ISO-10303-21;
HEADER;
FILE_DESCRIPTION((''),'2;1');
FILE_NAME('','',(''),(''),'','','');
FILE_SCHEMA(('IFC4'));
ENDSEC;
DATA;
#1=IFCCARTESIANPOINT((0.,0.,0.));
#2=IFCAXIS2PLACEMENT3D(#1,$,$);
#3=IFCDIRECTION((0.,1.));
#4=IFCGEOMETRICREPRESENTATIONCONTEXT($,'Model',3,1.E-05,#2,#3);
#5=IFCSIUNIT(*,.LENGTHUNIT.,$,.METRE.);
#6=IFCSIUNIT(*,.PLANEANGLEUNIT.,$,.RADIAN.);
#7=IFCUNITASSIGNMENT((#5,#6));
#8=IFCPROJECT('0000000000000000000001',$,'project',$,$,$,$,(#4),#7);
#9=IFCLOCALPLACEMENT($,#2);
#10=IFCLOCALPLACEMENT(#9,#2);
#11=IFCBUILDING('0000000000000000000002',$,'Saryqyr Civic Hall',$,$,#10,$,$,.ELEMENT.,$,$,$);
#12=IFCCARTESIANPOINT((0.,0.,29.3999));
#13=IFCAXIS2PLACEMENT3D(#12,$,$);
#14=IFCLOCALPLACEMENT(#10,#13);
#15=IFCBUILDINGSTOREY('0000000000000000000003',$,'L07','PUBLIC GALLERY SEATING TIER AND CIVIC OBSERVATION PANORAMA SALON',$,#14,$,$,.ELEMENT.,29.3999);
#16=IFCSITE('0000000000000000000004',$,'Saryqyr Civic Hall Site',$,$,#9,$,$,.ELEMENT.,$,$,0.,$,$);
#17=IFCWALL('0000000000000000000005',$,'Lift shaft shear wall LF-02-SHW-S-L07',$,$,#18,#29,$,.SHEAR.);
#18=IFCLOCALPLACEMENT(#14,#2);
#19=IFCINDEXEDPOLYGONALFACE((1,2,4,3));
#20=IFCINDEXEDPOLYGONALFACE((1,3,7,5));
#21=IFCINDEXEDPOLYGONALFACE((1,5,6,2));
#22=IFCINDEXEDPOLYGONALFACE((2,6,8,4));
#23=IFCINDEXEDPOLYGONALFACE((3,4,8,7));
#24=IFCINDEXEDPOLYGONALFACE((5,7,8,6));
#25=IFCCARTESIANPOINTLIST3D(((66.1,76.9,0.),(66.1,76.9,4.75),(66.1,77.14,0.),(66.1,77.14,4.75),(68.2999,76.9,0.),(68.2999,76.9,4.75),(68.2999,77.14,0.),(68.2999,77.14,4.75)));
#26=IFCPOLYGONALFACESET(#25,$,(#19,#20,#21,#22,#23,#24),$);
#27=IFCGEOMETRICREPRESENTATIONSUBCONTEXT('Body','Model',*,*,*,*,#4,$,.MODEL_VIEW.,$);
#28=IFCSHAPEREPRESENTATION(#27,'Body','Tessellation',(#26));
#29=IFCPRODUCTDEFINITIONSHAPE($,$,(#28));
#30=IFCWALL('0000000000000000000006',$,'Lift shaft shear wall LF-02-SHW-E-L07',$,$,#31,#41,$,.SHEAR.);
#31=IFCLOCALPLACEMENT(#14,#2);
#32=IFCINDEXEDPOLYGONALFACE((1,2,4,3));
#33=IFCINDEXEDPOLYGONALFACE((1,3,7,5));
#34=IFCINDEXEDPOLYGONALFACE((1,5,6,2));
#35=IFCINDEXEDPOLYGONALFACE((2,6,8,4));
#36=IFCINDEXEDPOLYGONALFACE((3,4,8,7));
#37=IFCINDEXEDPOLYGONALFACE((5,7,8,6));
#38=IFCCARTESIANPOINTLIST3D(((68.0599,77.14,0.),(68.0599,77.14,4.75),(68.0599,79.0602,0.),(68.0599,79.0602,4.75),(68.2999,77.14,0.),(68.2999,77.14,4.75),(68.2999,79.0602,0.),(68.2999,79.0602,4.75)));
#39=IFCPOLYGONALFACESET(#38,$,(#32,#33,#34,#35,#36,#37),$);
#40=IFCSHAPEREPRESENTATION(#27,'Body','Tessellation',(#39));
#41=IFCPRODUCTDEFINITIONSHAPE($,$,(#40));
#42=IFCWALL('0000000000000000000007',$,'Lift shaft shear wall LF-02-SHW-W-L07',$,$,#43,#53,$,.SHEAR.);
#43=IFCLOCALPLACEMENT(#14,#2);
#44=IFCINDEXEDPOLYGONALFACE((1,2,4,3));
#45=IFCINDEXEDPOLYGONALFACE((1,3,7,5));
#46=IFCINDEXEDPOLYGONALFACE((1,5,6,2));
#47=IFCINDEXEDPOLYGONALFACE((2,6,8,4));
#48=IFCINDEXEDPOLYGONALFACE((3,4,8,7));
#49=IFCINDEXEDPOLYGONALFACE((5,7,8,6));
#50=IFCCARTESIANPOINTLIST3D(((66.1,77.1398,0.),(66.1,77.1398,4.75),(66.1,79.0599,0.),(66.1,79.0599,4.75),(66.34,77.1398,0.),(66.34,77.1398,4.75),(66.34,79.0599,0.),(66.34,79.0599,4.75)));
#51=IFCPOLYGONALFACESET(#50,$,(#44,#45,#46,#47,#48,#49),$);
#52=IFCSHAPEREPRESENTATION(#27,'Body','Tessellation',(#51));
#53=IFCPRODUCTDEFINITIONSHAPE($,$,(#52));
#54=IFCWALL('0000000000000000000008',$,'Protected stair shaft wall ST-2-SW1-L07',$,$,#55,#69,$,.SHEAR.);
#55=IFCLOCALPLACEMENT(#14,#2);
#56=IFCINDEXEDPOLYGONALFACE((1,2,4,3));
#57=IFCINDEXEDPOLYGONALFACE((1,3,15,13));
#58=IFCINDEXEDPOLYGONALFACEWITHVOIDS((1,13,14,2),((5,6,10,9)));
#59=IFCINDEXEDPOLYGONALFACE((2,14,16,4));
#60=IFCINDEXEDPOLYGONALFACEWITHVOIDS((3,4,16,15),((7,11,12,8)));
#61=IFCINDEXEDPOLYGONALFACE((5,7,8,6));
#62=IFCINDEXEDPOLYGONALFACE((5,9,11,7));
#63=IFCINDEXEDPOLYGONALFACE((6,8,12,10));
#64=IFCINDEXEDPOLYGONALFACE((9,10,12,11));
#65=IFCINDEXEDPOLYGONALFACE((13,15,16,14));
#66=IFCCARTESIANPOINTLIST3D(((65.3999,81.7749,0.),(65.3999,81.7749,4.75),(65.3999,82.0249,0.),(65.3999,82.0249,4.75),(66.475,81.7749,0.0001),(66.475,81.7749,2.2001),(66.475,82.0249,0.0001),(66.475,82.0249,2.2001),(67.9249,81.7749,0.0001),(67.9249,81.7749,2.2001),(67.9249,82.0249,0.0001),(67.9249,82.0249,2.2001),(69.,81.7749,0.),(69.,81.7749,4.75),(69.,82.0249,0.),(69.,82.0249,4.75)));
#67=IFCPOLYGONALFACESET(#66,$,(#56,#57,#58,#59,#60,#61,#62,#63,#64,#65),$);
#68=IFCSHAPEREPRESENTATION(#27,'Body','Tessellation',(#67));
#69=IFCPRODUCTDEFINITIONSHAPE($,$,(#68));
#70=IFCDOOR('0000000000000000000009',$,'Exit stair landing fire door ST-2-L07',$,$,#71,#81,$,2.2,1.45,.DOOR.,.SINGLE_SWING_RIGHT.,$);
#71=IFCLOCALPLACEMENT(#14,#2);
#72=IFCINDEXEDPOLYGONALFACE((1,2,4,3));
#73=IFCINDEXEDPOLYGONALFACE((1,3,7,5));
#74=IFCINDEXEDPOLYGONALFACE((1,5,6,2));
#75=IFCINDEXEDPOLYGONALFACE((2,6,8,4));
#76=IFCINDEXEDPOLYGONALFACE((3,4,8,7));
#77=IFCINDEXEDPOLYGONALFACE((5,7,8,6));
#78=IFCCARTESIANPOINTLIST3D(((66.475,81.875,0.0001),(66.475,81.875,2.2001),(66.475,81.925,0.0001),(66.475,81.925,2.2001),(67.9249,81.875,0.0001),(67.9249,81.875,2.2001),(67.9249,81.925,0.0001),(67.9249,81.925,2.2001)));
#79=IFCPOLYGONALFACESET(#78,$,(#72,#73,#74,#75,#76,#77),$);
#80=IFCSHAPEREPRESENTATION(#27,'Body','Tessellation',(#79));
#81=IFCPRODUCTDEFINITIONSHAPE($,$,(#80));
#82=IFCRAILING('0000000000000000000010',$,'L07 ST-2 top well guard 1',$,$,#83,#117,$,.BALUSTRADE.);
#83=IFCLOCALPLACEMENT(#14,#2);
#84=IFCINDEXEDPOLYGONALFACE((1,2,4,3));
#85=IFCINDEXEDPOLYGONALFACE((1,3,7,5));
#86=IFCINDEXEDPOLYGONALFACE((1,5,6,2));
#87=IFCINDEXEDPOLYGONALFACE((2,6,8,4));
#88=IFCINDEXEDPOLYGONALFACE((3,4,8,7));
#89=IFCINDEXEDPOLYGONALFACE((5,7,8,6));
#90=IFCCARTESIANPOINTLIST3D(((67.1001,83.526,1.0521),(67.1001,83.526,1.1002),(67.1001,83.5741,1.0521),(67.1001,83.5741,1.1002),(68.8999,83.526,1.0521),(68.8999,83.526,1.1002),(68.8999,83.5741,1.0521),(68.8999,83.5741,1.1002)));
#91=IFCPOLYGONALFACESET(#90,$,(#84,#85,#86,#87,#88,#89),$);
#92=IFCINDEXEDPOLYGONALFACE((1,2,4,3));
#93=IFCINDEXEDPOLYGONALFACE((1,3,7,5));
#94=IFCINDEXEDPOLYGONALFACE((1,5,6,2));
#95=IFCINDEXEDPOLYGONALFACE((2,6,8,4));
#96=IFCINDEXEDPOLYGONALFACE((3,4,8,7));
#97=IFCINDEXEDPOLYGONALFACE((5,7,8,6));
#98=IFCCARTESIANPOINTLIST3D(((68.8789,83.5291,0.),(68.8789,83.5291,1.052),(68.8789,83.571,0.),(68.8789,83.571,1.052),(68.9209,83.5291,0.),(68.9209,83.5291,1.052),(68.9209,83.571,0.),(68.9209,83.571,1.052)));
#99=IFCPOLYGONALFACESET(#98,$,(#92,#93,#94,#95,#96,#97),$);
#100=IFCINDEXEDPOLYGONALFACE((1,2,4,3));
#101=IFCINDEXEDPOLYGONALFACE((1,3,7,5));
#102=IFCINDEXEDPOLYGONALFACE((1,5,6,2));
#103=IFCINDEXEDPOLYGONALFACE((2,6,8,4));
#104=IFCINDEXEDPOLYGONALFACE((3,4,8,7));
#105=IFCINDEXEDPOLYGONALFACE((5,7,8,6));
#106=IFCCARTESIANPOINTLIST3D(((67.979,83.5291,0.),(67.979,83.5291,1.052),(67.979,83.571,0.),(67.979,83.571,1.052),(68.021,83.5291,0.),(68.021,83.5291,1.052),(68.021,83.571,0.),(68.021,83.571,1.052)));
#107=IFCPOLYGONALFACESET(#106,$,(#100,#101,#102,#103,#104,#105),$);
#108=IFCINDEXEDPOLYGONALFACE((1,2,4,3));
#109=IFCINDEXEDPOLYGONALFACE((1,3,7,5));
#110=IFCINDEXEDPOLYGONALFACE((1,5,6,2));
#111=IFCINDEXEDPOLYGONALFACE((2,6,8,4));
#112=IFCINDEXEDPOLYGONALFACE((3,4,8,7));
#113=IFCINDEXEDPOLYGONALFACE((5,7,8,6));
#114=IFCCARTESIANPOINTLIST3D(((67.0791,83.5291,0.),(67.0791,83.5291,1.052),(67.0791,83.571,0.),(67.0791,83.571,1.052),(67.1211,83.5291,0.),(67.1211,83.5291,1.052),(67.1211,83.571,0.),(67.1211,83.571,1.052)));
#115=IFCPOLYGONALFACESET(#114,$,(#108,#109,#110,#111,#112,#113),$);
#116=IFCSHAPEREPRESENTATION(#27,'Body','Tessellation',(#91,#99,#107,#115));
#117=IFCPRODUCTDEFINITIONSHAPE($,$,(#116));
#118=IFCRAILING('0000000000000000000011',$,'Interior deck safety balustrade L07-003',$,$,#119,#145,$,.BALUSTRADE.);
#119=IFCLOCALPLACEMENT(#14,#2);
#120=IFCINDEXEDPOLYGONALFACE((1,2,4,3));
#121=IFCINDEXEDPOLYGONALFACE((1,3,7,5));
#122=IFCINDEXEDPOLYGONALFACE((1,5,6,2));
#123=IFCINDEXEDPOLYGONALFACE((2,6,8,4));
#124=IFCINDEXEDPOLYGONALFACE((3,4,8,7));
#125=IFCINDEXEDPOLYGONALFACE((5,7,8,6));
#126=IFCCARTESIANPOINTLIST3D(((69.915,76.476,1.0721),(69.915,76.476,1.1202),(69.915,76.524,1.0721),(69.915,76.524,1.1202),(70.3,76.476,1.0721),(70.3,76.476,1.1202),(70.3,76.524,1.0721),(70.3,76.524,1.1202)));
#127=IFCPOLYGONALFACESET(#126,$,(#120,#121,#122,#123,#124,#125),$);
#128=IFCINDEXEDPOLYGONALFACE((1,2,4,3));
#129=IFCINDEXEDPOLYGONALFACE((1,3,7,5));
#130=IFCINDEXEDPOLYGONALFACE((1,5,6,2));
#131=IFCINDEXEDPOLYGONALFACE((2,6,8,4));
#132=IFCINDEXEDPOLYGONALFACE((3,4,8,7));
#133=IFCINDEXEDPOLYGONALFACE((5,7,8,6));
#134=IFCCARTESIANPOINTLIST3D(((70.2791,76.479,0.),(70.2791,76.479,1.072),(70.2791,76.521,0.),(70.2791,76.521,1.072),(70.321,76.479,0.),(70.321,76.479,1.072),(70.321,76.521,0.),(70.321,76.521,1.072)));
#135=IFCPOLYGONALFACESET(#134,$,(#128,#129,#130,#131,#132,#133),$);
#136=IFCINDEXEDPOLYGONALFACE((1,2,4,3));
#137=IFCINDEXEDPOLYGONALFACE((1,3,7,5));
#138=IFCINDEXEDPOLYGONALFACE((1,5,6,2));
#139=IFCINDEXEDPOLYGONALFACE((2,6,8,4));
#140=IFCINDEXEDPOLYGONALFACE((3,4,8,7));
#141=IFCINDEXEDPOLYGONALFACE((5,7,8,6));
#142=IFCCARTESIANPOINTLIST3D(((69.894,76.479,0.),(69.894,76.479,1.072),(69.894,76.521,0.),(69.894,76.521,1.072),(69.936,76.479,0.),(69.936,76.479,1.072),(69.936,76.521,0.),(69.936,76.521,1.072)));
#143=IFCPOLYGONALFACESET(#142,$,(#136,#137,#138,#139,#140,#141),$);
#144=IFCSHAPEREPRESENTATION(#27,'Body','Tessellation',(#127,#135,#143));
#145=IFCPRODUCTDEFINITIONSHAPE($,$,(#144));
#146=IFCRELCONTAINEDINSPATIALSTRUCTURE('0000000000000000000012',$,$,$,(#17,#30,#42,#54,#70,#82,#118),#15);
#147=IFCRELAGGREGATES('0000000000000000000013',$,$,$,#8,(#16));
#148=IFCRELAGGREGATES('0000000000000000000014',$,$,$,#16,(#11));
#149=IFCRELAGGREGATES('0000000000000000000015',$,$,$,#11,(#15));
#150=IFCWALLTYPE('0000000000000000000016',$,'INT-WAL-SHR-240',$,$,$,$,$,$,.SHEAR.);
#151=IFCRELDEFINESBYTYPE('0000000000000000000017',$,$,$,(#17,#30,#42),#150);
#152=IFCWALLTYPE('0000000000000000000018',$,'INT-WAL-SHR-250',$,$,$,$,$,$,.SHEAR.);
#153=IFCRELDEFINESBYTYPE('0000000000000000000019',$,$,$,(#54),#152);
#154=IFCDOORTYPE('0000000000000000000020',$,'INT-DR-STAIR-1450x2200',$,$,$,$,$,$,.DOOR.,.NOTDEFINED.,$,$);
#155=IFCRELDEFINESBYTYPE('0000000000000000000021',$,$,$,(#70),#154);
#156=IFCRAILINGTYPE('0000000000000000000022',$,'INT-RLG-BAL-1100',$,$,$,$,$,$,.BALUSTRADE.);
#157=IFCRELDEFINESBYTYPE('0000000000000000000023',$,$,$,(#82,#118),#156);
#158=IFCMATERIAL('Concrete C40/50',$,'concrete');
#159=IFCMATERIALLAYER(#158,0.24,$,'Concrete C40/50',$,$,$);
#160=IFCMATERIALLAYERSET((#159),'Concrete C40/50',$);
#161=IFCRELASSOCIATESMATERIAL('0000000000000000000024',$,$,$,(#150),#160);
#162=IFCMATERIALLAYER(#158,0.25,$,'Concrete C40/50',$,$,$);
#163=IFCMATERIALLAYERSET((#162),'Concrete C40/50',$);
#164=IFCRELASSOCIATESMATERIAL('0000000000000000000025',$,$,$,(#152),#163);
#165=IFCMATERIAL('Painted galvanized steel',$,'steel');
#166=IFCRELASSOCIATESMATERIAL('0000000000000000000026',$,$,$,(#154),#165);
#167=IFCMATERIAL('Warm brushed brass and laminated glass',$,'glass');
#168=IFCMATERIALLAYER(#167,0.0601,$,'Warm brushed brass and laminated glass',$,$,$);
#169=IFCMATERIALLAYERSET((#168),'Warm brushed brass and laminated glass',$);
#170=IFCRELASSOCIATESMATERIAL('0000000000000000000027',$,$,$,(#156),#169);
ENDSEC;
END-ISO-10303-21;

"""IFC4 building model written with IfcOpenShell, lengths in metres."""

from ifc_helpers import new_model, si_unit, direction, frame, frame_2d, origin, origin_2d, place, context, subcontext, project, spatial, rectangle, extrude, material, layer, layer_set, type_object, element, fill, save


model = new_model("IFC4")

# Units and contexts
model_context = context("Model", 3, precision=1e-05, world=origin(), true_north=direction((0.0, 1.0)))
body_context = subcontext(model_context, "Body", "Model", "MODEL_VIEW")
ifc_project = project(units=[si_unit("LENGTHUNIT", "METRE"), si_unit("PLANEANGLEUNIT", "RADIAN")], contexts=[model_context])

# Site, building, storey
site_placement = place(None, origin())
site = spatial("IfcSite", under=ifc_project, at=site_placement, Name="Saryqyr Civic Hall Site", CompositionType="ELEMENT", RefElevation=0.0)
building_placement = place(site_placement, origin())
building = spatial("IfcBuilding", under=site, at=building_placement, Name="Saryqyr Civic Hall", CompositionType="ELEMENT")
storey_placement = place(building_placement, frame((0.0, 0.0, 29.3999)))
storey = spatial("IfcBuildingStorey", under=building, at=storey_placement, Name="L07", Description="PUBLIC GALLERY SEATING TIER AND CIVIC OBSERVATION PANORAMA SALON", CompositionType="ELEMENT", Elevation=29.3999)

# Shared definitions
ifc_material_1 = material(Name="Concrete C40/50", Category="concrete")

# Walls
ifc_layer_1 = layer(ifc_material_1, 0.24, Name="Concrete C40/50")
ifc_layer_set_1 = layer_set([ifc_layer_1], Name="Concrete C40/50")
wall_type_1 = type_object("IfcWallType", Name="INT-WAL-SHR-240", PredefinedType="SHEAR", material=ifc_layer_set_1)
wall_1_placement = place(storey_placement, frame((68.3, 77.02, 0.0), z_axis=(0.0, 0.0, 1.0), x_axis=(-1.0, 0.0, 0.0)))
element("IfcWall", 1, at=wall_1_placement, inside=storey, type_object=wall_type_1, Name="Lift shaft shear wall LF-02-SHW-S-L07", PredefinedType="SHEAR", context=body_context, shape_type="SweptSolid", body=[
    extrude(rectangle(XDim=2.2, YDim=0.24, at=frame_2d((1.1001, 0.0))), origin(), (0.0, 0.0, 1.0), 4.75),
])
wall_2_placement = place(storey_placement, frame((68.1799, 79.0601, 0.0), z_axis=(0.0, 0.0, 1.0), x_axis=(0.0, -1.0, 0.0)))
element("IfcWall", 2, at=wall_2_placement, inside=storey, type_object=wall_type_1, Name="Lift shaft shear wall LF-02-SHW-E-L07", PredefinedType="SHEAR", context=body_context, shape_type="SweptSolid", body=[
    extrude(rectangle(XDim=1.9202, YDim=0.24, at=frame_2d((0.96, 0.0))), origin(), (0.0, 0.0, 1.0), 4.75),
])

# Wall
wall_3_placement = place(storey_placement, frame((66.22, 77.1399, 0.0), z_axis=(0.0, 0.0, 1.0), x_axis=(0.0, 1.0, 0.0)))
element("IfcWall", 3, at=wall_3_placement, inside=storey, type_object=wall_type_1, Name="Lift shaft shear wall LF-02-SHW-W-L07", PredefinedType="SHEAR", context=body_context, shape_type="SweptSolid", body=[
    extrude(rectangle(XDim=1.9202, YDim=0.24, at=frame_2d((0.96, 0.0))), origin(), (0.0, 0.0, 1.0), 4.75),
])

# Wall, opening, door
ifc_layer_2 = layer(ifc_material_1, 0.25, Name="Concrete C40/50")
ifc_layer_set_2 = layer_set([ifc_layer_2], Name="Concrete C40/50")
wall_type_2 = type_object("IfcWallType", Name="INT-WAL-SHR-250", PredefinedType="SHEAR", material=ifc_layer_set_2)
wall_4_placement = place(storey_placement, frame((69.0, 81.8999, 0.0), z_axis=(0.0, 0.0, 1.0), x_axis=(-1.0, 0.0, 0.0)))
wall_4 = element("IfcWall", 4, at=wall_4_placement, inside=storey, type_object=wall_type_2, Name="Protected stair shaft wall ST-2-SW1-L07", PredefinedType="SHEAR", context=body_context, shape_type="SweptSolid", body=[
    extrude(rectangle(XDim=3.6001, YDim=0.25, at=frame_2d((1.8, 0.0))), origin(), (0.0, 0.0, 1.0), 4.75),
])
opening_1_placement = place(wall_4_placement, frame((1.075, 0.0, 0.0)))
opening_1 = element("IfcOpeningElement", 5, at=opening_1_placement, cuts=wall_4, PredefinedType="OPENING", context=body_context, shape_type="SweptSolid", body=[
    extrude(rectangle(XDim=1.45, YDim=2.2, at=frame_2d((0.7251, 1.1001))), frame((0.0, 0.135, 0.0), z_axis=(0.0, -1.0, 0.0), x_axis=(1.0, 0.0, 0.0)), (0.0, 0.0, 1.0), 0.27),
])
ifc_material_2 = material(Name="Painted galvanized steel", Category="steel")
door_type_1 = type_object("IfcDoorType", Name="INT-DR-STAIR-1450x2200", OperationType="NOTDEFINED", PredefinedType="DOOR", material=ifc_material_2)
door_1_placement = place(opening_1_placement, origin())
door_1 = element("IfcDoor", 6, at=door_1_placement, inside=storey, type_object=door_type_1, Name="Exit stair landing fire door ST-2-L07", OperationType="SINGLE_SWING_RIGHT", OverallHeight=2.2, OverallWidth=1.45, PredefinedType="DOOR", context=body_context, shape_type="SweptSolid", body=[
    extrude(rectangle(XDim=1.45, YDim=2.2, at=frame_2d((0.7251, 1.1001))), frame((0.0, 0.0249, 0.0), z_axis=(0.0, -1.0, 0.0), x_axis=(1.0, 0.0, 0.0)), (0.0, 0.0, 1.0), 0.05),
])
fill(opening_1, door_1)

# Railings
ifc_material_3 = material(Name="Warm brushed brass and laminated glass", Category="glass")
ifc_layer_3 = layer(ifc_material_3, 0.0601, Name="Warm brushed brass and laminated glass")
ifc_layer_set_3 = layer_set([ifc_layer_3], Name="Warm brushed brass and laminated glass")
railing_type = type_object("IfcRailingType", Name="INT-RLG-BAL-1100", PredefinedType="BALUSTRADE", material=ifc_layer_set_3)
railing_1_placement = place(storey_placement, frame((68.8999, 83.55, 0.0)))
element("IfcRailing", 7, at=railing_1_placement, inside=storey, type_object=railing_type, Name="L07 ST-2 top well guard 1", PredefinedType="BALUSTRADE", context=body_context, shape_type="SweptSolid", body=[
    extrude(rectangle(XDim=0.0481, YDim=0.0481, at=origin_2d()), frame((0.0, 0.0, 1.0762), z_axis=(-1.0, 0.0, 0.0), x_axis=(0.0, -1.0, 0.0)), (0.0, 0.0, 1.0), 1.7998),
    extrude(rectangle(XDim=0.042, YDim=0.042, at=origin_2d()), origin(), (0.0, 0.0, 1.0), 1.052),
    extrude(rectangle(XDim=0.042, YDim=0.042, at=origin_2d()), frame((-0.8999, 0.0, 0.0)), (0.0, 0.0, 1.0), 1.052),
    extrude(rectangle(XDim=0.042, YDim=0.042, at=origin_2d()), frame((-1.7998, 0.0, 0.0)), (0.0, 0.0, 1.0), 1.052),
])
railing_2_placement = place(storey_placement, frame((70.3, 76.5, 0.0)))
element("IfcRailing", 8, at=railing_2_placement, inside=storey, type_object=railing_type, Name="Interior deck safety balustrade L07-003", PredefinedType="BALUSTRADE", context=body_context, shape_type="SweptSolid", body=[
    extrude(rectangle(XDim=0.0481, YDim=0.0481, at=origin_2d()), frame((0.0, 0.0, 1.0962), z_axis=(-1.0, 0.0, 0.0), x_axis=(0.0, -1.0, 0.0)), (0.0, 0.0, 1.0), 0.385),
    extrude(rectangle(XDim=0.042, YDim=0.042, at=origin_2d()), origin(), (0.0, 0.0, 1.0), 1.072),
    extrude(rectangle(XDim=0.042, YDim=0.042, at=origin_2d()), frame((-0.385, 0.0, 0.0)), (0.0, 0.0, 1.0), 1.072),
])

save(model, "model.ifc")
